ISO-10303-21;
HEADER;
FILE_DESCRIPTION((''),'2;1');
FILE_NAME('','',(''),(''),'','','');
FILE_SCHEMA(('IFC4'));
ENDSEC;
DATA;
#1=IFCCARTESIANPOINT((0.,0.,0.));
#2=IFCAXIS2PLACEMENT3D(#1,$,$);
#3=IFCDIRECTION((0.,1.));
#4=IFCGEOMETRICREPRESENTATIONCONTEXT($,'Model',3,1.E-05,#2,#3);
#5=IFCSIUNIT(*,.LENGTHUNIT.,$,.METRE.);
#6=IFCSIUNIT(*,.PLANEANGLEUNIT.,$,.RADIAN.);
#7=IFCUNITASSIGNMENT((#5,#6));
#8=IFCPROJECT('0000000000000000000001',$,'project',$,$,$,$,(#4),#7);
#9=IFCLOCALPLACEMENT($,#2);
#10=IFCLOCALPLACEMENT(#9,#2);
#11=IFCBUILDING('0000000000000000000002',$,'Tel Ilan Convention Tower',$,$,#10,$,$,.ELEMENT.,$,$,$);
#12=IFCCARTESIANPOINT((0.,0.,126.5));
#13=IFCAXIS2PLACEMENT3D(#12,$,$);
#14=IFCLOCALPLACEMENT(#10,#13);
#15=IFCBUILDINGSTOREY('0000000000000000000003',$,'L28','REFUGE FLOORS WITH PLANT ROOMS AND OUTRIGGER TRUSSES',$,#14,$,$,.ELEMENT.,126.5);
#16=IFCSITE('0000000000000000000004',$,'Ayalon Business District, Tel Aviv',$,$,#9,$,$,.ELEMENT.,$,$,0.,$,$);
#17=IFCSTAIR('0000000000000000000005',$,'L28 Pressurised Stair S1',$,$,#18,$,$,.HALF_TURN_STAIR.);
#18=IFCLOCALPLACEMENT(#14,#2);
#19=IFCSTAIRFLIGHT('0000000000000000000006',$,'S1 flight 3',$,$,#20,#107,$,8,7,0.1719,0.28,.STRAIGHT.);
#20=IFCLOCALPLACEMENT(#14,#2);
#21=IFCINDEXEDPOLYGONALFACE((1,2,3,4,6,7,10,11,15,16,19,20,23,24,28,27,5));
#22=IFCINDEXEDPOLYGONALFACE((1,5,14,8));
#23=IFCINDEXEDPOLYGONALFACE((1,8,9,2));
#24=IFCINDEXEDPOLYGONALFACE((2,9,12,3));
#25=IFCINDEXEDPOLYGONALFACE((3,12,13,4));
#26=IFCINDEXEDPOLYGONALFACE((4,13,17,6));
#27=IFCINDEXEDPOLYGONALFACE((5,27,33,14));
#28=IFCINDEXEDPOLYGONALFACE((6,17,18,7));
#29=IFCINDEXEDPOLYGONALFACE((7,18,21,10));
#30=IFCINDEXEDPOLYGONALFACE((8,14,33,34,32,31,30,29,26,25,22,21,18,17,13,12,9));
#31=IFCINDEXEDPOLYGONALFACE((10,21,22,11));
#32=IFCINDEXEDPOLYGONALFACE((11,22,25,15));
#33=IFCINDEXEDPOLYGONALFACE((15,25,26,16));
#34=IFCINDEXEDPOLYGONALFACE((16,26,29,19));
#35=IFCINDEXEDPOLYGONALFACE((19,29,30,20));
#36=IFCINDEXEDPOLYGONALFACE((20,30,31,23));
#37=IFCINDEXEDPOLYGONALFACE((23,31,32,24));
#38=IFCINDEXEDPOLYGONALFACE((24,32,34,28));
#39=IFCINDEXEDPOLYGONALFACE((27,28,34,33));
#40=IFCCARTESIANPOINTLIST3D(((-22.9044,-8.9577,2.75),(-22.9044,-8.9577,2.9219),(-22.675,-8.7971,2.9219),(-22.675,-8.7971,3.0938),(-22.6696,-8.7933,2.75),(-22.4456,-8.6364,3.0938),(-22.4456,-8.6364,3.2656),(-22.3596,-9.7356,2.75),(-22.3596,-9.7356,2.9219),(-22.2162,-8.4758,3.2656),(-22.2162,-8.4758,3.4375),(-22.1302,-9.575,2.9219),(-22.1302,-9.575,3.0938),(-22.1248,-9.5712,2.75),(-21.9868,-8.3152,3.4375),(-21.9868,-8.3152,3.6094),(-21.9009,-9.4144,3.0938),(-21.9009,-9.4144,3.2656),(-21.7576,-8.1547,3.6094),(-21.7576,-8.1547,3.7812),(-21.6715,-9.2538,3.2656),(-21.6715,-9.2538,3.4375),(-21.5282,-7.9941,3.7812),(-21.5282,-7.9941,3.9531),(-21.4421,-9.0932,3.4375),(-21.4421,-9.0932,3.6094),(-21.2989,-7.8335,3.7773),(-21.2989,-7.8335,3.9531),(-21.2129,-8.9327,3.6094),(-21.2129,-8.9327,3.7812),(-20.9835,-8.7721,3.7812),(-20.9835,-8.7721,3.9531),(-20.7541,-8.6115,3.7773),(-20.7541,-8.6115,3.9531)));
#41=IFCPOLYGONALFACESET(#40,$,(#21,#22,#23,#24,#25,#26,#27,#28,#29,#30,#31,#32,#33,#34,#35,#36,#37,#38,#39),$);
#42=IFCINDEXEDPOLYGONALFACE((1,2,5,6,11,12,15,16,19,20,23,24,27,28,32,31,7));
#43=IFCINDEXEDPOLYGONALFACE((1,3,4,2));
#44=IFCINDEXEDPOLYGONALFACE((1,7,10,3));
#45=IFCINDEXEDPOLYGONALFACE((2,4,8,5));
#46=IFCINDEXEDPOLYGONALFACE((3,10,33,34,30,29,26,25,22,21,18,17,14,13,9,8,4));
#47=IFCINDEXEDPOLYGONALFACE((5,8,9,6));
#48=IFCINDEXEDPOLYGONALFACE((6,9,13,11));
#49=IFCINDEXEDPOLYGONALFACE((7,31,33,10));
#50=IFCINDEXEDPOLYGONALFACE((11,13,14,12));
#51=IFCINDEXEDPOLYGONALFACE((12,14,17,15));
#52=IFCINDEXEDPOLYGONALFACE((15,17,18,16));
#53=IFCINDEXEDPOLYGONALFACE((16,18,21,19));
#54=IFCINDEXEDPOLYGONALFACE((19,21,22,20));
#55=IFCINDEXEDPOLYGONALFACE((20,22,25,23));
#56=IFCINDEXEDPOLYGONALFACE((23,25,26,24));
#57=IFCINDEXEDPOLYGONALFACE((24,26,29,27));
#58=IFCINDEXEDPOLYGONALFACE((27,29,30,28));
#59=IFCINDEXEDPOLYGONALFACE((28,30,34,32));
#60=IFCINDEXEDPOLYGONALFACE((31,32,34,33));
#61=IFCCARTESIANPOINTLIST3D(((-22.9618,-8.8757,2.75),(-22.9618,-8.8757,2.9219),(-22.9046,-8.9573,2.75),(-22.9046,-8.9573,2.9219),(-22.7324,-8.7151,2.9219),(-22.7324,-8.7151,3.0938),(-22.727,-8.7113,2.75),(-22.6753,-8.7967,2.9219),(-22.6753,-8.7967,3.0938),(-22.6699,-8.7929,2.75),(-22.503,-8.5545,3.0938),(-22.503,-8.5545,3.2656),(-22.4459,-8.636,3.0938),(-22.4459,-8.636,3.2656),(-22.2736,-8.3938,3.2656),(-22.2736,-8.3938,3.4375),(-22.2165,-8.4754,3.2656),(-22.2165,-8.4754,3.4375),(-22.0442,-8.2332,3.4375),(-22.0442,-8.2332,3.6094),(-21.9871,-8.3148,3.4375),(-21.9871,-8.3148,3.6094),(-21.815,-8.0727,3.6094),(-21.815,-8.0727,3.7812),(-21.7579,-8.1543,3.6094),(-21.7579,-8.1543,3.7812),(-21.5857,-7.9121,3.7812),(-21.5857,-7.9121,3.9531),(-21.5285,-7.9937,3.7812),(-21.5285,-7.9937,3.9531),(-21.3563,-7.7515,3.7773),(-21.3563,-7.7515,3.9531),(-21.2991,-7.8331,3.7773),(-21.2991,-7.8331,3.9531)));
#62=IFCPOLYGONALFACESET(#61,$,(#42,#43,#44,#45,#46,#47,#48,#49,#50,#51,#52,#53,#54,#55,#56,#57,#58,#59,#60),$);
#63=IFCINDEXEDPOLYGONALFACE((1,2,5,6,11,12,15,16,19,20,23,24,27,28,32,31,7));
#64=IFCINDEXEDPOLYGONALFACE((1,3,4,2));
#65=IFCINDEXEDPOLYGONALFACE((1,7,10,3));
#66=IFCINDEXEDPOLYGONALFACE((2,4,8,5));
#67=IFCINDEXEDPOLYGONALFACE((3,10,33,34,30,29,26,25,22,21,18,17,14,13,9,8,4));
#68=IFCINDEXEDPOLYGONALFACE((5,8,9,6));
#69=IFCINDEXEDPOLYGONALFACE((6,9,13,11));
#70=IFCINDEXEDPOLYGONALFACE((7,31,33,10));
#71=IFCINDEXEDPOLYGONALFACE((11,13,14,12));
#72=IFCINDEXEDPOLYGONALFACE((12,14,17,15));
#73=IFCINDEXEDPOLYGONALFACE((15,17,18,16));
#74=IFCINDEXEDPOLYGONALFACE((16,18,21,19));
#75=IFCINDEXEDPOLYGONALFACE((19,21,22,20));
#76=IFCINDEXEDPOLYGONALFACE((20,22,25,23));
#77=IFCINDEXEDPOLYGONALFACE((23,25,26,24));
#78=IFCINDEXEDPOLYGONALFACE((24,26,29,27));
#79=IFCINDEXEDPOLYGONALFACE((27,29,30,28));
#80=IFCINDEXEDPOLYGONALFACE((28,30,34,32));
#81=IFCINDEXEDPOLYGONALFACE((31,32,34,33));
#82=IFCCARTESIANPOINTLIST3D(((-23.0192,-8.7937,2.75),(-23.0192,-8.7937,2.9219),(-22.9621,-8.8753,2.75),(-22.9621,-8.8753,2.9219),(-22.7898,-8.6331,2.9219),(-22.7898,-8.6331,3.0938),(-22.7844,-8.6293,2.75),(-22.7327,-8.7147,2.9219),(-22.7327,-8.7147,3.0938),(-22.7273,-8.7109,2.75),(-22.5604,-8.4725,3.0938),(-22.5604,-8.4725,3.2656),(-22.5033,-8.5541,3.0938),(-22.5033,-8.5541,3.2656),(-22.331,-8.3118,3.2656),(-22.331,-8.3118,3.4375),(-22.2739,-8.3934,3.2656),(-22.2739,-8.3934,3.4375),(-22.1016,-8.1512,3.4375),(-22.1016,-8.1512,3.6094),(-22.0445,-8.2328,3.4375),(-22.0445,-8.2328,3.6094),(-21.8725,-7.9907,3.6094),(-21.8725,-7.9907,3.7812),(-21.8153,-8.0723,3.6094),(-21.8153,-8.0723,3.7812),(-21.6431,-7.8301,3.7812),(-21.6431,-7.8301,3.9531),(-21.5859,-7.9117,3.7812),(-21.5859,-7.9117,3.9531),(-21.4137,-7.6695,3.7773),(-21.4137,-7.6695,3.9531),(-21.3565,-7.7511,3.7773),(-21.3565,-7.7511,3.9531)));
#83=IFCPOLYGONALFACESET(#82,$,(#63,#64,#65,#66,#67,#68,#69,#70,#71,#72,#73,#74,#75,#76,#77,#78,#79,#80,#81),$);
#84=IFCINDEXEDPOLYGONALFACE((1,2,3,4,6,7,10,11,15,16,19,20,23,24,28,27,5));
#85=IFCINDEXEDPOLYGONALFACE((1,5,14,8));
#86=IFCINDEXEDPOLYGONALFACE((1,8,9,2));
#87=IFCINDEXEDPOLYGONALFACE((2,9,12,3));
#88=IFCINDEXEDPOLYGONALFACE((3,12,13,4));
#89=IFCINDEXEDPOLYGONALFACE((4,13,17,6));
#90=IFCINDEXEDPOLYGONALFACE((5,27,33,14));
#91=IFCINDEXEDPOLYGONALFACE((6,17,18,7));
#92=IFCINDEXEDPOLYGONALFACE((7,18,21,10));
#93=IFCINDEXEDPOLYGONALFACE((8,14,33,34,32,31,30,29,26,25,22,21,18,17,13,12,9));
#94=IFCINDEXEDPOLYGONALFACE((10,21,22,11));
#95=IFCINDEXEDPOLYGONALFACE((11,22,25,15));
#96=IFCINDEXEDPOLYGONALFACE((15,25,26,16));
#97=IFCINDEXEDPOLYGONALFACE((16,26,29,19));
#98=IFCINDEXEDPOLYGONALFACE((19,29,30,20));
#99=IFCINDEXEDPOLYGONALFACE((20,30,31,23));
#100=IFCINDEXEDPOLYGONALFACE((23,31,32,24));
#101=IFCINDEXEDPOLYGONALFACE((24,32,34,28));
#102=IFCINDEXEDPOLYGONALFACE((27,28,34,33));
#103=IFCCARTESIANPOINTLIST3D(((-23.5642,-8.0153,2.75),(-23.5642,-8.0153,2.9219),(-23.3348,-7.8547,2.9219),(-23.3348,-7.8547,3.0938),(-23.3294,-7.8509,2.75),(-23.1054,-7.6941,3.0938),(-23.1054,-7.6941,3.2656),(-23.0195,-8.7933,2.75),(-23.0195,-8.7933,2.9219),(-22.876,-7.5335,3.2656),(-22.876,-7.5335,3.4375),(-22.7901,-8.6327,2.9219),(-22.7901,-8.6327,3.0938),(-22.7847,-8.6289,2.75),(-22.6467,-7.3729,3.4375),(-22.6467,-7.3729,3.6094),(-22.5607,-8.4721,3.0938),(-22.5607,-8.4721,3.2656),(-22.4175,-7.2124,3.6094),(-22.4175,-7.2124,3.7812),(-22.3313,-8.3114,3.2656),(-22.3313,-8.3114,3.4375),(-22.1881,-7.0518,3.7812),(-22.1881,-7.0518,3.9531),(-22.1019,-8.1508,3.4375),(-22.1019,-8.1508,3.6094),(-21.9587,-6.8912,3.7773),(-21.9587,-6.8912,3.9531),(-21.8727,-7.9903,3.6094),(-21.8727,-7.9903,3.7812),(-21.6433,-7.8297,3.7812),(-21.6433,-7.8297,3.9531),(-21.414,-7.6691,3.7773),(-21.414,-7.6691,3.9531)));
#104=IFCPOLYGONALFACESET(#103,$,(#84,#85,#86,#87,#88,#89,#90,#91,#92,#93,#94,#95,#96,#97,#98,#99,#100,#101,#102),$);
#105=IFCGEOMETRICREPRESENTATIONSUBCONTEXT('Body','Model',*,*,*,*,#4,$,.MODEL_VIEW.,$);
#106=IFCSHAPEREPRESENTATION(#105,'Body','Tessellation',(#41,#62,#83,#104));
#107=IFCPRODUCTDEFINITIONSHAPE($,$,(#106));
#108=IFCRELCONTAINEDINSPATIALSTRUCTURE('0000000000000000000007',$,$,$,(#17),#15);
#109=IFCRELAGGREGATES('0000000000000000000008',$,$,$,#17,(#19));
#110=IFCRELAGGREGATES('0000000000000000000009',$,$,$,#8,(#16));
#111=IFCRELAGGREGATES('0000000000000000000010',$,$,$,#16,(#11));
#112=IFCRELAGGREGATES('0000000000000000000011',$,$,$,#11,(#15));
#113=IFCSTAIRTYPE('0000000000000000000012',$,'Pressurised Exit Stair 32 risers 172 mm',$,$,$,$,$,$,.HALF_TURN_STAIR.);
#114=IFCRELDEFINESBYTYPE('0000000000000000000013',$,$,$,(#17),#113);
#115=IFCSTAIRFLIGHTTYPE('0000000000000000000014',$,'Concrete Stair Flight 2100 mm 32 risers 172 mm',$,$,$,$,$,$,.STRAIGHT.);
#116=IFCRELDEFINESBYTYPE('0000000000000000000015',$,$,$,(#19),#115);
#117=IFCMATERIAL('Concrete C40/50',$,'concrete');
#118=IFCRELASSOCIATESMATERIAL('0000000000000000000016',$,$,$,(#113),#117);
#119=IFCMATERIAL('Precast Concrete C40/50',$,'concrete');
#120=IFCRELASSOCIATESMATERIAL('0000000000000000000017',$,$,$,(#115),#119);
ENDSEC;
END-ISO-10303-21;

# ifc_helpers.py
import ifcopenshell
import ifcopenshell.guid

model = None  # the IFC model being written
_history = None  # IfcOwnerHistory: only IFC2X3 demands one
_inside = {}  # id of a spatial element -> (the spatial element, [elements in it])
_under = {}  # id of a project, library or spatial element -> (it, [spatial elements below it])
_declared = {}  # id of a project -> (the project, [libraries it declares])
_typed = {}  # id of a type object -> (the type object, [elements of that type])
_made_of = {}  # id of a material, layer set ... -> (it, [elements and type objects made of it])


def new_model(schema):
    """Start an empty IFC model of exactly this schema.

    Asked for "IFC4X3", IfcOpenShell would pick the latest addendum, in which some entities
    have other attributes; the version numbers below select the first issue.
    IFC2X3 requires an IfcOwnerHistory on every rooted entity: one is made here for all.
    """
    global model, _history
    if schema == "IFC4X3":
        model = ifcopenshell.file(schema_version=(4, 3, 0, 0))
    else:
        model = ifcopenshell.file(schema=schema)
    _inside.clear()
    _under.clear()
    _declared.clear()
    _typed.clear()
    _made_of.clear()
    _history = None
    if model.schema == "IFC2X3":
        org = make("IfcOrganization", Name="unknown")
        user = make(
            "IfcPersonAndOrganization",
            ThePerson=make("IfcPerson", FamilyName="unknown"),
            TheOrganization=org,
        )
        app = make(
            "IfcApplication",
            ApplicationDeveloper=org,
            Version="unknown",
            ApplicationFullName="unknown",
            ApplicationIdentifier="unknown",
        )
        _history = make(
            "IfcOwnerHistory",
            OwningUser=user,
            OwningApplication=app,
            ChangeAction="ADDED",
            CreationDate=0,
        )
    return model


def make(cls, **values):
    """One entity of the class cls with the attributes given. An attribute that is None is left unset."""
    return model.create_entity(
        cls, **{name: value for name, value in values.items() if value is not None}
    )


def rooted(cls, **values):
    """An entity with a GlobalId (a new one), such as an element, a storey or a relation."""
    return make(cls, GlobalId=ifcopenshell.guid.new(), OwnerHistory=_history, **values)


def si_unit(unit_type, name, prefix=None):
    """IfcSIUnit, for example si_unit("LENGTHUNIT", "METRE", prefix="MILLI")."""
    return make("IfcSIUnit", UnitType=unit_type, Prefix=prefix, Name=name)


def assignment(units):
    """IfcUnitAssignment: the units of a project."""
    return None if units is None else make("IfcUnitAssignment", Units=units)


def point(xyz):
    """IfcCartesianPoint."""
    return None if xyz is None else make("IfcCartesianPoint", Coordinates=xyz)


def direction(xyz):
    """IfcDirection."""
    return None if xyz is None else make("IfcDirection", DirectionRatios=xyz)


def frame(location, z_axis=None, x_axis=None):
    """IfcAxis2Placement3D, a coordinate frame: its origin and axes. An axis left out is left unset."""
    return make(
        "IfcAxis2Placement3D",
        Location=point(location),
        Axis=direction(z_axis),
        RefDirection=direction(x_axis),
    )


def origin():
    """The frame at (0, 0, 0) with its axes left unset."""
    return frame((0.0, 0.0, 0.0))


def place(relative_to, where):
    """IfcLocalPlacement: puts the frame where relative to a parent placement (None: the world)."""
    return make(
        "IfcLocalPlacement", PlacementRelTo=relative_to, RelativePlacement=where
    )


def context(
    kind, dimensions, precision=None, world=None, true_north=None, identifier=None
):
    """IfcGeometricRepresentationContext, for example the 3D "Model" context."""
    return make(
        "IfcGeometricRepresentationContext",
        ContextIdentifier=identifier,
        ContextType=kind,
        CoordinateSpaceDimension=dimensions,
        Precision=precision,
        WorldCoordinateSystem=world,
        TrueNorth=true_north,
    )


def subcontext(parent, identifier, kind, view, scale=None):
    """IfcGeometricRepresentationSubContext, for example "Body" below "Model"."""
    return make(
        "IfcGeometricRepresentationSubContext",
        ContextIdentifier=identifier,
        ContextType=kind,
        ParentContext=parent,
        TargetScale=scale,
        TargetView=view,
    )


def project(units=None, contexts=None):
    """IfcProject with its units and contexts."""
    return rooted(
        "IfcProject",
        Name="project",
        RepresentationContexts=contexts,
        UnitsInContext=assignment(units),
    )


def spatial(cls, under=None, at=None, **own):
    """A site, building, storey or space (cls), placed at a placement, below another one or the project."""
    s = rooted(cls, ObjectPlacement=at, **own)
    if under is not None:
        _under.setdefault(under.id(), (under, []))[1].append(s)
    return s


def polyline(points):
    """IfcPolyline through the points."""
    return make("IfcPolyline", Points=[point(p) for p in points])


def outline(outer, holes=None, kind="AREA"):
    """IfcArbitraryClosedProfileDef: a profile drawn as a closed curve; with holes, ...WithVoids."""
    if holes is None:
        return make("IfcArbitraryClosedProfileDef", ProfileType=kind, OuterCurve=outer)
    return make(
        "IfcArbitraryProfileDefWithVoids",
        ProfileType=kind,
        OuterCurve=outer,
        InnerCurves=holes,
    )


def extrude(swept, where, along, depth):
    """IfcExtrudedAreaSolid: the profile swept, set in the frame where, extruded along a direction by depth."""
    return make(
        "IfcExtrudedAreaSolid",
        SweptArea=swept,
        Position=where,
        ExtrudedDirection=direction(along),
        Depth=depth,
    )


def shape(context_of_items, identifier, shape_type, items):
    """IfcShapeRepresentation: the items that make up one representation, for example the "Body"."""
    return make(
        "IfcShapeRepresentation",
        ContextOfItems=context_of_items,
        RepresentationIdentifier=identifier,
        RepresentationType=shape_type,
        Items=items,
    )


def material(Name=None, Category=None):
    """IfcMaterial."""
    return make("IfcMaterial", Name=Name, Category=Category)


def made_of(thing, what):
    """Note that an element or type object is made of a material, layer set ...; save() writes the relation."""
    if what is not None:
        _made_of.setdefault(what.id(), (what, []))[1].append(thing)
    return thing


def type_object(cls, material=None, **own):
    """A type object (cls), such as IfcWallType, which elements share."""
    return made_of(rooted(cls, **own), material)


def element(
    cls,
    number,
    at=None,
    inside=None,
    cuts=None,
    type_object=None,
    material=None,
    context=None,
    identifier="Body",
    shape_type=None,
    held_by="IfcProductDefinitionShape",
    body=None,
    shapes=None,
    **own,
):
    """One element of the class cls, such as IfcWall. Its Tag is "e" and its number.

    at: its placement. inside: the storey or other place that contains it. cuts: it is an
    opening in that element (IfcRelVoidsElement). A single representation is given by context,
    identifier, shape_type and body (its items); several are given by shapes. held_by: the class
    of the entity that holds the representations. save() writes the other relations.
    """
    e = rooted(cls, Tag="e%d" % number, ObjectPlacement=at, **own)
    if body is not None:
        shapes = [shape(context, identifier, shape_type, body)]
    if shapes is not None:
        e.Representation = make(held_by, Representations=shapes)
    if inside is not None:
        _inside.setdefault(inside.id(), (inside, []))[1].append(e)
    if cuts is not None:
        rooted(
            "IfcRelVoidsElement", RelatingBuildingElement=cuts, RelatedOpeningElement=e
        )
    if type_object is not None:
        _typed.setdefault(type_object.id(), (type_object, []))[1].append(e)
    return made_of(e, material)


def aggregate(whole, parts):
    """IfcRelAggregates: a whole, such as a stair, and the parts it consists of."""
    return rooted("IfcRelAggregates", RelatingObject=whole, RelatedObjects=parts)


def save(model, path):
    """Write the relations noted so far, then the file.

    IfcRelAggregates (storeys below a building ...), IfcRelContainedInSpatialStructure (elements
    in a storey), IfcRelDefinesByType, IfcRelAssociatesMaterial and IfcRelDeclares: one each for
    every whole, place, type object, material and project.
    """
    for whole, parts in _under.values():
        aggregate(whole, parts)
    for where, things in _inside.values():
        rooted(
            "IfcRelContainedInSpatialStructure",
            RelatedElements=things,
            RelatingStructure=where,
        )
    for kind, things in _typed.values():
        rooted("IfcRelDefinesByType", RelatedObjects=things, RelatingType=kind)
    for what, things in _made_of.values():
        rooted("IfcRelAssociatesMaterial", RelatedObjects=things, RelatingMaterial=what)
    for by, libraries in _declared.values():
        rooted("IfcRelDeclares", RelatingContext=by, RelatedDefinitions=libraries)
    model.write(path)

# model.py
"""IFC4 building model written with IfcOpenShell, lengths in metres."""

from ifc_helpers import new_model, si_unit, direction, frame, origin, place, context, subcontext, project, spatial, polyline, outline, extrude, material, type_object, element, aggregate, save


model = new_model("IFC4")

# Units and contexts
model_context = context("Model", 3, precision=1e-05, world=origin(), true_north=direction((0.0, 1.0)))
body_context = subcontext(model_context, "Body", "Model", "MODEL_VIEW")
ifc_project = project(units=[si_unit("LENGTHUNIT", "METRE"), si_unit("PLANEANGLEUNIT", "RADIAN")], contexts=[model_context])

# Site, building, storey
site_placement = place(None, origin())
site = spatial("IfcSite", under=ifc_project, at=site_placement, Name="Ayalon Business District, Tel Aviv", CompositionType="ELEMENT", RefElevation=0.0)
building_placement = place(site_placement, origin())
building = spatial("IfcBuilding", under=site, at=building_placement, Name="Tel Ilan Convention Tower", CompositionType="ELEMENT")
storey_placement = place(building_placement, frame((0.0, 0.0, 126.5)))
storey = spatial("IfcBuildingStorey", under=building, at=storey_placement, Name="L28", Description="REFUGE FLOORS WITH PLANT ROOMS AND OUTRIGGER TRUSSES", CompositionType="ELEMENT", Elevation=126.5)

# Stair, stair flight
ifc_material_1 = material(Name="Concrete C40/50", Category="concrete")
stair_type = type_object("IfcStairType", Name="Pressurised Exit Stair 32 risers 172 mm", PredefinedType="HALF_TURN_STAIR", material=ifc_material_1)
stair_1_placement = place(storey_placement, origin())
stair_1 = element("IfcStair", 1, at=stair_1_placement, inside=storey, type_object=stair_type, Name="L28 Pressurised Stair S1", PredefinedType="HALF_TURN_STAIR")
ifc_material_2 = material(Name="Precast Concrete C40/50", Category="concrete")
stair_flight_type = type_object("IfcStairFlightType", Name="Concrete Stair Flight 2100 mm 32 risers 172 mm", PredefinedType="STRAIGHT", material=ifc_material_2)
stair_flight_1_placement = place(storey_placement, frame((-22.9619, -8.8755, 2.75), z_axis=(0.0, 0.0, 1.0), x_axis=(0.819152, 0.573576, 0.0)))
stair_flight_1 = element("IfcStairFlight", 2, at=stair_flight_1_placement, type_object=stair_flight_type, Name="S1 flight 3", NumberOfRisers=8, NumberOfTreads=7, PredefinedType="STRAIGHT", RiserHeight=0.1719, TreadLength=0.28, context=body_context, shape_type="SweptSolid", body=[
    extrude(outline(polyline([(0.0, 0.0), (0.0, 0.1719), (0.28, 0.1719), (0.28, 0.3438), (0.5601, 0.3438), (0.5601, 0.5156), (0.8401, 0.5156), (0.8401, 0.6875), (1.1201, 0.6875), (1.1201, 0.8594), (1.3999, 0.8594), (1.3999, 1.0312), (1.6799, 1.0312), (1.6799, 1.2031), (1.96, 1.2031), (1.96, 1.375), (1.96, 1.0273), (0.2866, 0.0), (0.0, 0.0)])), frame((0.0, -0.1003, 0.0), z_axis=(0.0, -1.0, 0.0), x_axis=(1.0, 0.0, 0.0)), (0.0, 0.0, 1.0), 0.9497),
    extrude(outline(polyline([(0.0, 0.0), (0.0, 0.1719), (0.28, 0.1719), (0.28, 0.3438), (0.5601, 0.3438), (0.5601, 0.5156), (0.8401, 0.5156), (0.8401, 0.6875), (1.1201, 0.6875), (1.1201, 0.8594), (1.3999, 0.8594), (1.3999, 1.0312), (1.6799, 1.0312), (1.6799, 1.2031), (1.96, 1.2031), (1.96, 1.375), (1.96, 1.0273), (0.2866, 0.0), (0.0, 0.0)])), frame((0.0, -0.0002, 0.0), z_axis=(0.0, -1.0, 0.0), x_axis=(1.0, 0.0, 0.0)), (0.0, 0.0, 1.0), 0.0996),
    extrude(outline(polyline([(0.0, 0.0), (0.0, 0.1719), (0.28, 0.1719), (0.28, 0.3438), (0.5601, 0.3438), (0.5601, 0.5156), (0.8401, 0.5156), (0.8401, 0.6875), (1.1201, 0.6875), (1.1201, 0.8594), (1.3999, 0.8594), (1.3999, 1.0312), (1.6799, 1.0312), (1.6799, 1.2031), (1.96, 1.2031), (1.96, 1.375), (1.96, 1.0273), (0.2866, 0.0), (0.0, 0.0)])), frame((0.0, 0.0999, 0.0), z_axis=(0.0, -1.0, 0.0), x_axis=(1.0, 0.0, 0.0)), (0.0, 0.0, 1.0), 0.0996),
    extrude(outline(polyline([(0.0, 0.0), (0.0, 0.1719), (0.28, 0.1719), (0.28, 0.3438), (0.5601, 0.3438), (0.5601, 0.5156), (0.8401, 0.5156), (0.8401, 0.6875), (1.1201, 0.6875), (1.1201, 0.8594), (1.3999, 0.8594), (1.3999, 1.0312), (1.6799, 1.0312), (1.6799, 1.2031), (1.96, 1.2031), (1.96, 1.375), (1.96, 1.0273), (0.2866, 0.0), (0.0, 0.0)])), frame((0.0, 1.05, 0.0), z_axis=(0.0, -1.0, 0.0), x_axis=(1.0, 0.0, 0.0)), (0.0, 0.0, 1.0), 0.9497),
])
aggregate(stair_1, [stair_flight_1])

save(model, "model.ifc")
